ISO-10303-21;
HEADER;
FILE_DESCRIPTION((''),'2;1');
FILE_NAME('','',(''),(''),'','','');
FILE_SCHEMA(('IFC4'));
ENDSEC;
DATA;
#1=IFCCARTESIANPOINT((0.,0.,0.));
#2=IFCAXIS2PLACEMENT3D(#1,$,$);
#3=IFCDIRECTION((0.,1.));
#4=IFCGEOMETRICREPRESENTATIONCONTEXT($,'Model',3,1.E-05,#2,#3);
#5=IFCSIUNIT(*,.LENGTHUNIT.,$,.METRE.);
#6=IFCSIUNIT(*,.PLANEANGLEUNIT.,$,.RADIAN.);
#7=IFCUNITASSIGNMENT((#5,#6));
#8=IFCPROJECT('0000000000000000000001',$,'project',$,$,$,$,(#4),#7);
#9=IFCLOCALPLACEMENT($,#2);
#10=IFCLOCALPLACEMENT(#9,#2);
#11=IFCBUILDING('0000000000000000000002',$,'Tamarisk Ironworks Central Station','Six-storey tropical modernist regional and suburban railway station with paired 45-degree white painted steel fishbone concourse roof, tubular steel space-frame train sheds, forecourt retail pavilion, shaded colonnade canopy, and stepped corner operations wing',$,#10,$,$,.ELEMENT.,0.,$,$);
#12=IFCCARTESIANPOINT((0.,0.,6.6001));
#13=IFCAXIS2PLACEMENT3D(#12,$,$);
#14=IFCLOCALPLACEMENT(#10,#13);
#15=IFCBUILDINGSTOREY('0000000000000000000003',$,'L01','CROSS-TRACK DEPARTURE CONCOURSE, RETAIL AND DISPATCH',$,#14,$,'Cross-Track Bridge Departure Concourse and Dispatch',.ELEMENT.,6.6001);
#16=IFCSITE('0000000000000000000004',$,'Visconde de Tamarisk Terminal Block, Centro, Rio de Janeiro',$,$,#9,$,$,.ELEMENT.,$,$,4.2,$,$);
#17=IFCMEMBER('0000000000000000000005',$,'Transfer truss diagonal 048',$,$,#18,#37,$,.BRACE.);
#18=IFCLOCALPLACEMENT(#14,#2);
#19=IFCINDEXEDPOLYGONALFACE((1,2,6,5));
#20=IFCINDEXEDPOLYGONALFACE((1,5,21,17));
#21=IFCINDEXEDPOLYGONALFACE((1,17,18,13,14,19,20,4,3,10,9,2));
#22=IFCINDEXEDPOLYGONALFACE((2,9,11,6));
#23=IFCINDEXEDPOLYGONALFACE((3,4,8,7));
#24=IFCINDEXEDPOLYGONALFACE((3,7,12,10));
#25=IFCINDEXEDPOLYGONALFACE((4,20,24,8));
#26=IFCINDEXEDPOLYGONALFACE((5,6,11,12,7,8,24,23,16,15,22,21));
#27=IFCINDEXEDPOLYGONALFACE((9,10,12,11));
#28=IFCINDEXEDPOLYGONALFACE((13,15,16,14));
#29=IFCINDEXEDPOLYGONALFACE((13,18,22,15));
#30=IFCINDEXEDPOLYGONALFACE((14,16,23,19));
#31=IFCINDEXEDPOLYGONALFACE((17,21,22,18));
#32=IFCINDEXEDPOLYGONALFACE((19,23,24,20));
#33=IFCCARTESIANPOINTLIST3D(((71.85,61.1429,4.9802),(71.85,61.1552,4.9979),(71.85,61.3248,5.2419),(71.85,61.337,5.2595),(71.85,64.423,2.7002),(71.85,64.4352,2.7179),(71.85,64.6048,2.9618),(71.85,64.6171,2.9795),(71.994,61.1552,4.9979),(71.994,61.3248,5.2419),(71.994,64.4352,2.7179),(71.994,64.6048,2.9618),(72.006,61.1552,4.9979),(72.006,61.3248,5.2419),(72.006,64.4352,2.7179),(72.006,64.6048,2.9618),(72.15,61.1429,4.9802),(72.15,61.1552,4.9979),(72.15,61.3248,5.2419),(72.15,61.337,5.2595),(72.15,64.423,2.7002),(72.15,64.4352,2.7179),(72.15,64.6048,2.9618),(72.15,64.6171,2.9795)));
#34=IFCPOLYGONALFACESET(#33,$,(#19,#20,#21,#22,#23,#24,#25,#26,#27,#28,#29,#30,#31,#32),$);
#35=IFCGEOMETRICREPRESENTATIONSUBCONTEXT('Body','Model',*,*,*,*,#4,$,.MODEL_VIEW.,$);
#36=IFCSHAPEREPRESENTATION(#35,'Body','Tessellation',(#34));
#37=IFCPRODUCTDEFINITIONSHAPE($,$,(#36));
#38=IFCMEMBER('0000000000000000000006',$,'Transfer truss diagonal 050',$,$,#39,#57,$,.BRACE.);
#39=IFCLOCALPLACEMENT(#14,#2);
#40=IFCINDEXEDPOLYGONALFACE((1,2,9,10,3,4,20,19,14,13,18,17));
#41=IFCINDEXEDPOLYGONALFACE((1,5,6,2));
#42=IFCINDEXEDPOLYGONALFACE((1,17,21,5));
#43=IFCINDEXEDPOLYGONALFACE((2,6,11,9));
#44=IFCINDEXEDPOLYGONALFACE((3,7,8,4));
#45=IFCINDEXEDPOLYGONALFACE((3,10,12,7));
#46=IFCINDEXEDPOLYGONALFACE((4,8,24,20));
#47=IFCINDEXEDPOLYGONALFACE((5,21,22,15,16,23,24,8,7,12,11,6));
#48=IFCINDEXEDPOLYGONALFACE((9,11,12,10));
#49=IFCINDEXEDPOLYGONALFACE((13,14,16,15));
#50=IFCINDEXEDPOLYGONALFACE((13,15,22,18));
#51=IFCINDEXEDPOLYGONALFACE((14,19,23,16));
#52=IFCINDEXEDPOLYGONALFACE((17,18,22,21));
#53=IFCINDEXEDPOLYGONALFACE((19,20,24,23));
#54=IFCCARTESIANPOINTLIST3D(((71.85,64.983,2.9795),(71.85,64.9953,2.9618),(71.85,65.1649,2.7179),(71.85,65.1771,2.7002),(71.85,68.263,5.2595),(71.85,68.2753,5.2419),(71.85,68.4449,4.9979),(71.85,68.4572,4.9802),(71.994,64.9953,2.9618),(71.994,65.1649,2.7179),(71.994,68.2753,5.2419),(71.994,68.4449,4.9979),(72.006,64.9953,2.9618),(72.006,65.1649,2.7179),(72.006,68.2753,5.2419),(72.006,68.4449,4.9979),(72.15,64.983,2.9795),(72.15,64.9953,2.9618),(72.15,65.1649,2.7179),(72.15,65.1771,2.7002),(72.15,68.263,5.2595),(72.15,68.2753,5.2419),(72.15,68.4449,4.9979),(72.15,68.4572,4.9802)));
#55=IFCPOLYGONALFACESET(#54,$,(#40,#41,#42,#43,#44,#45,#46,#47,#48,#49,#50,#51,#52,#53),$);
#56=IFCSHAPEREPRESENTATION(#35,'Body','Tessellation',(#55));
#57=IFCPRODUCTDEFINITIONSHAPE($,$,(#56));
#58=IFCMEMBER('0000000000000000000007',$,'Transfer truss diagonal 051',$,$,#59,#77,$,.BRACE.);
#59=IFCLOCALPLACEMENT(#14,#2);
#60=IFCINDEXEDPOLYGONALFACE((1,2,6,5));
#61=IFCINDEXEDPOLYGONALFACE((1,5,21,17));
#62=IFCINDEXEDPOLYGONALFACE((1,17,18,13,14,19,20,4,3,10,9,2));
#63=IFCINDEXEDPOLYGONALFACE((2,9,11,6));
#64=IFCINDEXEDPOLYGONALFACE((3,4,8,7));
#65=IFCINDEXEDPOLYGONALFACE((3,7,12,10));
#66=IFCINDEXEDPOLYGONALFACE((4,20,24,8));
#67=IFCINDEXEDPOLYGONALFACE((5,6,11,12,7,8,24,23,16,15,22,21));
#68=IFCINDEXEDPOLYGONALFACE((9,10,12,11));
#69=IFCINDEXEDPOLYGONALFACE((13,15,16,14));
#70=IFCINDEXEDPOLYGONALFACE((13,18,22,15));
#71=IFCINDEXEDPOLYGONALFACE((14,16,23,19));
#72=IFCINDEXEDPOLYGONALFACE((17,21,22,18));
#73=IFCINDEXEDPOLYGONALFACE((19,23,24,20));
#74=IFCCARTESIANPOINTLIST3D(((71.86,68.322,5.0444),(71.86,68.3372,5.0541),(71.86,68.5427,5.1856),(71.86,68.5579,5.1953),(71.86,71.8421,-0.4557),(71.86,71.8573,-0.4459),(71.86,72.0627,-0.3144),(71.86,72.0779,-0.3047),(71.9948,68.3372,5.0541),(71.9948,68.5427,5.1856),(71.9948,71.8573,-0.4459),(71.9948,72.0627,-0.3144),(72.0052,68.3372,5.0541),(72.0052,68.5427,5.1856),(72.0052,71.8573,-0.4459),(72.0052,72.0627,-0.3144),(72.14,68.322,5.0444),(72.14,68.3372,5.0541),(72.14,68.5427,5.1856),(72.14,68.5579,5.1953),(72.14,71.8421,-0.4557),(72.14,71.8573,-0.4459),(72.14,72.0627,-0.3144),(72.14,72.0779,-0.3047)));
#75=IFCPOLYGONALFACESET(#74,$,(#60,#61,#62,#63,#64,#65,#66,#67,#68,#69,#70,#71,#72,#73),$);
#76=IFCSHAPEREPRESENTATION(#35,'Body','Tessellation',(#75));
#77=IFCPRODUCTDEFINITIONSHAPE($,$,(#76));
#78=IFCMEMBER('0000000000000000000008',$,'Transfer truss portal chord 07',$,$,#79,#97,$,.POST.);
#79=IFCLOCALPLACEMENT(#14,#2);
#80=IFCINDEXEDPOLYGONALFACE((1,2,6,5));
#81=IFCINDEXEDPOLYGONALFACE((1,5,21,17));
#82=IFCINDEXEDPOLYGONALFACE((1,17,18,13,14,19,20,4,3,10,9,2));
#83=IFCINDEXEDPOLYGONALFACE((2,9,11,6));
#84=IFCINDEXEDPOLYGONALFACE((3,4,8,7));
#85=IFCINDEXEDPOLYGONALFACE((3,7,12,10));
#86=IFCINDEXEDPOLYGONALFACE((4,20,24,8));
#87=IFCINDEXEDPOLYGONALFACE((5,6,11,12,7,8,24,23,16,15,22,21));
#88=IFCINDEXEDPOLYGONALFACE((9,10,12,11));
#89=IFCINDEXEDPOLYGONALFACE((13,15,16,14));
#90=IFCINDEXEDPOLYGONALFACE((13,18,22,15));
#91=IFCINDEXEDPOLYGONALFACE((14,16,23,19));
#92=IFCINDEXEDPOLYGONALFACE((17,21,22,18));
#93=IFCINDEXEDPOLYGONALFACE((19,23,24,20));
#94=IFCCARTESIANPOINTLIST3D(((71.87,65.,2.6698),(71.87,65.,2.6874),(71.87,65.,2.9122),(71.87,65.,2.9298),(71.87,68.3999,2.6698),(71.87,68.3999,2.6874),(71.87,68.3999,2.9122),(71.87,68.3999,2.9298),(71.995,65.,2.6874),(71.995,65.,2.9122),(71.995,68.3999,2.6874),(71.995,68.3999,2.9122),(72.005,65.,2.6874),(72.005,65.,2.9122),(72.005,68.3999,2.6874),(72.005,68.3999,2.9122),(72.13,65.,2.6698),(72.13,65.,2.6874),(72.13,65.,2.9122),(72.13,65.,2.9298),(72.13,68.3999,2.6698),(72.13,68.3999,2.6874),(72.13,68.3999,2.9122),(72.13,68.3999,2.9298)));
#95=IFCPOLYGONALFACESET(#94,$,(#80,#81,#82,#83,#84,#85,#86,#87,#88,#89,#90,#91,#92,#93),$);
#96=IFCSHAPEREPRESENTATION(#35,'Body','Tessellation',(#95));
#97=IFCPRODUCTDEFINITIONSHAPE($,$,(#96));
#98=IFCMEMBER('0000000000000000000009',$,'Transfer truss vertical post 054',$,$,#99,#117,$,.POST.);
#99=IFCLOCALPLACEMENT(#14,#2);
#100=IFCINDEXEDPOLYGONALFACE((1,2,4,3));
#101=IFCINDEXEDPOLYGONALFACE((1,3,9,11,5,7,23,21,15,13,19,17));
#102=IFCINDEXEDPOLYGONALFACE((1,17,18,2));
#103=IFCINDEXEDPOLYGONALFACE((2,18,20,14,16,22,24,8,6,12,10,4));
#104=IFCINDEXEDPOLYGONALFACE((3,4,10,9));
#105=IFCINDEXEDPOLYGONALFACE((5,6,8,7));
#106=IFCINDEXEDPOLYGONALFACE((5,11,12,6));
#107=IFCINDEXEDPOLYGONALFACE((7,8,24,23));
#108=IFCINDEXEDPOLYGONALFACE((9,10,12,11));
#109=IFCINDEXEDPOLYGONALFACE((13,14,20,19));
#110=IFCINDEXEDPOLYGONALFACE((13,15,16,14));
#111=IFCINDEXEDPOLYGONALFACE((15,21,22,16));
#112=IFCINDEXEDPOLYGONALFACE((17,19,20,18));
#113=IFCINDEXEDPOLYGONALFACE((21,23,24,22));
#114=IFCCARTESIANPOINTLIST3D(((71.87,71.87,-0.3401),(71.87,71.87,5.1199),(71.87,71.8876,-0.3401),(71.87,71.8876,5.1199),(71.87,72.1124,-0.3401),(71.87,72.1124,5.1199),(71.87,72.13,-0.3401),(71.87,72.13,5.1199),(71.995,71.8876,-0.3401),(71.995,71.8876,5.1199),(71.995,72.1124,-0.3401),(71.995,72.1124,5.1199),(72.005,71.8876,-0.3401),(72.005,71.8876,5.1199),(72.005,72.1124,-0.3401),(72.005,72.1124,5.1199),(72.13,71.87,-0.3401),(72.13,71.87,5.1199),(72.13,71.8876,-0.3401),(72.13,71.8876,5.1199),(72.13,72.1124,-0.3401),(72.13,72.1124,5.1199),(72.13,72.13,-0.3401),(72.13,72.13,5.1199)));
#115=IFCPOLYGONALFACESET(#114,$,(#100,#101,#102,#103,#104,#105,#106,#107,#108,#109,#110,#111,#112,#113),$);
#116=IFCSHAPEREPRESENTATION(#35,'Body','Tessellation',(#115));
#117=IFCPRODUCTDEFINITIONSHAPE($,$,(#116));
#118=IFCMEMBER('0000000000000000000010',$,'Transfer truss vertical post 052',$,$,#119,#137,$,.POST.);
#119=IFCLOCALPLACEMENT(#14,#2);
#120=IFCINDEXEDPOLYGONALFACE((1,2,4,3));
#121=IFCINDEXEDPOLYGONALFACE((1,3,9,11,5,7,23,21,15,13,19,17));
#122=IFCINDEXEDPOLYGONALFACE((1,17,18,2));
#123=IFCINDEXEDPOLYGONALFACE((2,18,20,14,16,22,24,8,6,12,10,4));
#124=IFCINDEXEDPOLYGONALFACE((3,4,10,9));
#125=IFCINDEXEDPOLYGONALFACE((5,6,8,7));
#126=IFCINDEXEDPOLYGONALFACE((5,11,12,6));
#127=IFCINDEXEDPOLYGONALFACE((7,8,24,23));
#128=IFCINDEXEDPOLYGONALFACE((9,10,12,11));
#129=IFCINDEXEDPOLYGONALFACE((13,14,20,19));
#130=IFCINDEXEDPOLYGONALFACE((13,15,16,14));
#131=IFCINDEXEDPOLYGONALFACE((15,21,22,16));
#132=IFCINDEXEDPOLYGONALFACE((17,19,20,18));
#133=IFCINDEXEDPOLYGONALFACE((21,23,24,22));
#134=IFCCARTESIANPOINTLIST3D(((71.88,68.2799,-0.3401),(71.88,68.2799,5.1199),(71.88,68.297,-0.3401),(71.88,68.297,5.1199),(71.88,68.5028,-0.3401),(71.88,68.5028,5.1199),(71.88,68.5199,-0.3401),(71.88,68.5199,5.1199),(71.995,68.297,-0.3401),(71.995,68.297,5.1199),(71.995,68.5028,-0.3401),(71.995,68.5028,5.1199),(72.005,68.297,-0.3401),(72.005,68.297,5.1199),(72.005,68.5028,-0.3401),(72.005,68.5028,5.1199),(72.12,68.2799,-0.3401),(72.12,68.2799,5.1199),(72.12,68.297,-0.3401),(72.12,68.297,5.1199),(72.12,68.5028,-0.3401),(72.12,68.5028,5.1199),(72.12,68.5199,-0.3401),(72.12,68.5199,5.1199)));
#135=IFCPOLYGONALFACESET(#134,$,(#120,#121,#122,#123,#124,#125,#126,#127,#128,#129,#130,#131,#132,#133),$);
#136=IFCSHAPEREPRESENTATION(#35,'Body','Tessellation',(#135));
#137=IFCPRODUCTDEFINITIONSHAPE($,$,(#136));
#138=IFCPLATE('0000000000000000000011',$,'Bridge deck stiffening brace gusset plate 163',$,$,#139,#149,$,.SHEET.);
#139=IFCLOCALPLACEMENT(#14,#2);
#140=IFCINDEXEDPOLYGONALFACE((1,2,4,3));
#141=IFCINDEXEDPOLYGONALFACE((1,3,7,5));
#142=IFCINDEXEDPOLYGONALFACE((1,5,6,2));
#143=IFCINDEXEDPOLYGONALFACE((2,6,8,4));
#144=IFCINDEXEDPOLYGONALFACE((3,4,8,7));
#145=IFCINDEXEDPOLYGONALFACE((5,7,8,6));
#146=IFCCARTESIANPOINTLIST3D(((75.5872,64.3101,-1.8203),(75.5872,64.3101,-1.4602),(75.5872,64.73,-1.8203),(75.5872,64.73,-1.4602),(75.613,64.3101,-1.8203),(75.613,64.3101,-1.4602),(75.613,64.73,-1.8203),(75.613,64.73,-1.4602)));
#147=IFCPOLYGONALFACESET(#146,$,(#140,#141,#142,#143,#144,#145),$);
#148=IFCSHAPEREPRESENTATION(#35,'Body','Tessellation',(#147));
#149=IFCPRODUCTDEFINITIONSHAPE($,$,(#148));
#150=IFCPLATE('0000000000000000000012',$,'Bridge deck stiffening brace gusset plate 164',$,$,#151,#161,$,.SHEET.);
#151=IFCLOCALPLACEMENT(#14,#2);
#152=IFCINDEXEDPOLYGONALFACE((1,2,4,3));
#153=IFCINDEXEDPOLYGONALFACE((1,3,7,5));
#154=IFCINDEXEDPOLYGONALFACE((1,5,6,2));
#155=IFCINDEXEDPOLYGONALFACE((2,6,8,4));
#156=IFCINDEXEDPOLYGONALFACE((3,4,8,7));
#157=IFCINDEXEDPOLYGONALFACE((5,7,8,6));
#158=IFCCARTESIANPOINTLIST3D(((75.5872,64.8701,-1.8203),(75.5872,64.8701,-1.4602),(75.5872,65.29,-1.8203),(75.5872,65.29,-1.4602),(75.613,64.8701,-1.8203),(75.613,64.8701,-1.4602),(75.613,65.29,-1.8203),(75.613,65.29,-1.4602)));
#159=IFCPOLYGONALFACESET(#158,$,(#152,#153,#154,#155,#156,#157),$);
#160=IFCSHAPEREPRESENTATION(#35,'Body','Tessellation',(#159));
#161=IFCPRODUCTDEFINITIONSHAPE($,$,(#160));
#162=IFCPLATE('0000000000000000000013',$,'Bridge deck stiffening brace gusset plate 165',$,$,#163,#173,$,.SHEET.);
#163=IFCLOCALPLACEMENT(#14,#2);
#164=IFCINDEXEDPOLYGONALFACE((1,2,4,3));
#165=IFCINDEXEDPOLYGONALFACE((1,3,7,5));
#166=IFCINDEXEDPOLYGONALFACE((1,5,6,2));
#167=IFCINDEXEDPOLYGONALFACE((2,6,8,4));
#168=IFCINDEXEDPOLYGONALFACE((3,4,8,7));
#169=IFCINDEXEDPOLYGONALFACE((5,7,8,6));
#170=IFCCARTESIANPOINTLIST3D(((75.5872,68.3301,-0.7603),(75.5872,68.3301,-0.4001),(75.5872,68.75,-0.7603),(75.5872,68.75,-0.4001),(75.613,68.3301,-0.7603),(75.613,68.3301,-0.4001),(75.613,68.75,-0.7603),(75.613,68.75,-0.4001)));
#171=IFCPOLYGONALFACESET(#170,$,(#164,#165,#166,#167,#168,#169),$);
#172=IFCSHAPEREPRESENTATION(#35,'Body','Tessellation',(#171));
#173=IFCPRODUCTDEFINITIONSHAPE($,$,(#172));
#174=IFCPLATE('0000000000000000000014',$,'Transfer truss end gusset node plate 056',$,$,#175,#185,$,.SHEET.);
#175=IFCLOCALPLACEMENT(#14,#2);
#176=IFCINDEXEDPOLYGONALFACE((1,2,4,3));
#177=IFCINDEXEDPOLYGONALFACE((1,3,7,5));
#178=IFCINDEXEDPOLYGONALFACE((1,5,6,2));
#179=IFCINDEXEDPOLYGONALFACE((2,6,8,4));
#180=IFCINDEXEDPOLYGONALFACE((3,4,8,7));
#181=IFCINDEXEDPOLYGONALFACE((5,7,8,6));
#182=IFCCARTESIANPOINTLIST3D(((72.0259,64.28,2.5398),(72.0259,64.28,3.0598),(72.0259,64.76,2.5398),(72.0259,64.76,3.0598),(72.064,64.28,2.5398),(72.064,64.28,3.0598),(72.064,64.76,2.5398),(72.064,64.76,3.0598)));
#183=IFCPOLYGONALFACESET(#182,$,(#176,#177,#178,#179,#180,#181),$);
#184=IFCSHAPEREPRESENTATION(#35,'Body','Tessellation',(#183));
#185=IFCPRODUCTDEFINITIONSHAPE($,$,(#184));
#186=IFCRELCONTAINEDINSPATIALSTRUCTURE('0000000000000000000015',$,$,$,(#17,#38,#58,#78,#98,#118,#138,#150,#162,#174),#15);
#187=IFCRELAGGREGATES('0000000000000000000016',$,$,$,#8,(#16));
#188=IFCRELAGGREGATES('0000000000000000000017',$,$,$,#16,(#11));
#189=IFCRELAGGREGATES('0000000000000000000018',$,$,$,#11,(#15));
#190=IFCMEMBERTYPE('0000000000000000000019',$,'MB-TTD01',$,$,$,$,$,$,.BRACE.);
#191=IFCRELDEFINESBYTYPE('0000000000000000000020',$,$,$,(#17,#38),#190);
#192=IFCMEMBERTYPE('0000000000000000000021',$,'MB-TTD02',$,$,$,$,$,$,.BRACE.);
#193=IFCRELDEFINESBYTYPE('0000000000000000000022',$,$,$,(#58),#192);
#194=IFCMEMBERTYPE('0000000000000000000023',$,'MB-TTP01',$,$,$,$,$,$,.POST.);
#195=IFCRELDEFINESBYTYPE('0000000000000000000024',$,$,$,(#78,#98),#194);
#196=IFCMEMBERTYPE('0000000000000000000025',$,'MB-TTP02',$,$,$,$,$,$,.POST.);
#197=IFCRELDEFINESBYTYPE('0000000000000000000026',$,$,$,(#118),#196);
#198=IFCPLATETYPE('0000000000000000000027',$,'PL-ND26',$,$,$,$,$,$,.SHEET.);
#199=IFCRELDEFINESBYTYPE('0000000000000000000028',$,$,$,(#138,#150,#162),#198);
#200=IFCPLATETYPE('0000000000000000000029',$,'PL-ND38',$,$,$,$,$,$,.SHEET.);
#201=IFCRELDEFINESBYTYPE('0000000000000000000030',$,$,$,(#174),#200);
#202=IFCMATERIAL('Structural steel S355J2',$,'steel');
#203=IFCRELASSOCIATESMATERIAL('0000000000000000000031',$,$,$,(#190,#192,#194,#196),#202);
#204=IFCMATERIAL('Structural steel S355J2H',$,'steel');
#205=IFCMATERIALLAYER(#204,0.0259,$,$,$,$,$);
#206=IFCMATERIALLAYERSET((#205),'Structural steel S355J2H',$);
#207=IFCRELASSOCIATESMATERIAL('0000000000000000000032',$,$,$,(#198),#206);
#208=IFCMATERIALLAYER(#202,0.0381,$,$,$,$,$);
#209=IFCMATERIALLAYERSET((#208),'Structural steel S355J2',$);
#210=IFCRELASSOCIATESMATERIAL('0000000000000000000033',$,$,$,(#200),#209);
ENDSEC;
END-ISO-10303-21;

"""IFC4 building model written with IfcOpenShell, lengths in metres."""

from ifc_helpers import new_model, si_unit, direction, frame, origin, origin_2d, place, context, subcontext, project, spatial, rectangle, i_section, extrude, material, layer, layer_set, material_profile, profile_set, type_object, element, save


model = new_model("IFC4")

# Units and contexts
model_context = context("Model", 3, precision=1e-05, world=origin(), true_north=direction((0.0, 1.0)))
body_context = subcontext(model_context, "Body", "Model", "MODEL_VIEW")
ifc_project = project(units=[si_unit("LENGTHUNIT", "METRE"), si_unit("PLANEANGLEUNIT", "RADIAN")], contexts=[model_context])

# Site, building, storey
site_placement = place(None, origin())
site = spatial("IfcSite", under=ifc_project, at=site_placement, Name="Visconde de Tamarisk Terminal Block, Centro, Rio de Janeiro", CompositionType="ELEMENT", RefElevation=4.2)
building_placement = place(site_placement, origin())
building = spatial("IfcBuilding", under=site, at=building_placement, Name="Tamarisk Ironworks Central Station", Description="Six-storey tropical modernist regional and suburban railway station with paired 45-degree white painted steel fishbone concourse roof, tubular steel space-frame train sheds, forecourt retail pavilion, shaded colonnade canopy, and stepped corner operations wing", CompositionType="ELEMENT", ElevationOfRefHeight=0.0)
storey_placement = place(building_placement, frame((0.0, 0.0, 6.6001)))
storey = spatial("IfcBuildingStorey", under=building, at=storey_placement, Name="L01", Description="CROSS-TRACK DEPARTURE CONCOURSE, RETAIL AND DISPATCH", LongName="Cross-Track Bridge Departure Concourse and Dispatch", CompositionType="ELEMENT", Elevation=6.6001)

# Shared definitions
ifc_material_1 = material(Name="Structural steel S355J2", Category="steel")

# Members
ifc_material_2 = material(Name="Structural steel S355J2H", Category="steel")
ifc_material_profile_1 = material_profile(ifc_material_1, i_section(OverallWidth=0.3, OverallDepth=0.3401, WebThickness=0.012, FlangeThickness=0.0215, at=origin_2d()), Name="HEB 340")
ifc_profile_set_1 = profile_set([ifc_material_profile_1], Name="Structural steel S355J2")
member_type_1 = type_object("IfcMemberType", Name="MB-TTD01", PredefinedType="BRACE", material=ifc_profile_set_1)
for number, where, z_axis, x_axis, name in (
    (1, (72.0, 61.24, 5.1199), (0.0, 0.821108, -0.570773), (-1.0, 0.0, 0.0), "Transfer truss diagonal 048"),
    (2, (72.0, 65.0801, 2.8398), (0.0, 0.821108, 0.570773), (-1.0, 0.0, 0.0), "Transfer truss diagonal 050"),
):
    element("IfcMember", number, at=place(storey_placement, frame(where, z_axis=z_axis, x_axis=x_axis)), inside=storey, type_object=member_type_1, Name=name, PredefinedType="BRACE", context=body_context, shape_type="SweptSolid", body=[
        extrude(i_section(OverallWidth=0.3, OverallDepth=0.3401, WebThickness=0.012, FlangeThickness=0.0215, at=origin_2d()), origin(), (0.0, 0.0, 1.0), 3.9946),
    ])
ifc_material_profile_2 = material_profile(ifc_material_1, i_section(OverallWidth=0.28, OverallDepth=0.28, WebThickness=0.0105, FlangeThickness=0.0181, at=origin_2d()), Name="HEB 280")
ifc_profile_set_2 = profile_set([ifc_material_profile_2], Name="Structural steel S355J2")
member_type_2 = type_object("IfcMemberType", Name="MB-TTD02", PredefinedType="BRACE", material=ifc_profile_set_2)
member_1_placement = place(storey_placement, frame((72.0, 68.4399, 5.1199), z_axis=(0.0, 0.539056, -0.84227), x_axis=(-1.0, 0.0, 0.0)))
element("IfcMember", 3, at=member_1_placement, inside=storey, type_object=member_type_2, Name="Transfer truss diagonal 051", PredefinedType="BRACE", context=body_context, shape_type="SweptSolid", body=[
    extrude(i_section(OverallWidth=0.28, OverallDepth=0.28, WebThickness=0.0105, FlangeThickness=0.0181, at=origin_2d()), origin(), (0.0, 0.0, 1.0), 6.53),
])
ifc_material_profile_3 = material_profile(ifc_material_1, i_section(OverallWidth=0.26, OverallDepth=0.26, WebThickness=0.01, FlangeThickness=0.0176, at=origin_2d()), Name="HEB 260")
ifc_profile_set_3 = profile_set([ifc_material_profile_3], Name="Structural steel S355J2")
member_type_3 = type_object("IfcMemberType", Name="MB-TTP01", PredefinedType="POST", material=ifc_profile_set_3)
member_2_placement = place(storey_placement, frame((72.0, 65.0, 2.7998), z_axis=(0.0, 1.0, 0.0), x_axis=(-1.0, 0.0, 0.0)))
element("IfcMember", 4, at=member_2_placement, inside=storey, type_object=member_type_3, Name="Transfer truss portal chord 07", PredefinedType="POST", context=body_context, shape_type="SweptSolid", body=[
    extrude(i_section(OverallWidth=0.26, OverallDepth=0.26, WebThickness=0.01, FlangeThickness=0.0176, at=origin_2d()), origin(), (0.0, 0.0, 1.0), 3.3999),
])
member_3_placement = place(storey_placement, frame((72.0, 72.0, -0.3401), z_axis=(0.0, 0.0, 1.0), x_axis=(1.0, 0.0, 0.0)))
element("IfcMember", 5, at=member_3_placement, inside=storey, type_object=member_type_3, Name="Transfer truss vertical post 054", PredefinedType="POST", context=body_context, shape_type="SweptSolid", body=[
    extrude(i_section(OverallWidth=0.26, OverallDepth=0.26, WebThickness=0.01, FlangeThickness=0.0176, at=origin_2d()), origin(), (0.0, 0.0, 1.0), 5.46),
])
ifc_material_profile_4 = material_profile(ifc_material_1, i_section(OverallWidth=0.24, OverallDepth=0.24, WebThickness=0.01, FlangeThickness=0.0171, at=origin_2d()), Name="HEB 240")
ifc_profile_set_4 = profile_set([ifc_material_profile_4], Name="Structural steel S355J2")
member_type_4 = type_object("IfcMemberType", Name="MB-TTP02", PredefinedType="POST", material=ifc_profile_set_4)
member_4_placement = place(storey_placement, frame((72.0, 68.3999, -0.3401), z_axis=(0.0, 0.0, 1.0), x_axis=(1.0, 0.0, 0.0)))
element("IfcMember", 6, at=member_4_placement, inside=storey, type_object=member_type_4, Name="Transfer truss vertical post 052", PredefinedType="POST", context=body_context, shape_type="SweptSolid", body=[
    extrude(i_section(OverallWidth=0.24, OverallDepth=0.24, WebThickness=0.01, FlangeThickness=0.0171, at=origin_2d()), origin(), (0.0, 0.0, 1.0), 5.46),
])

# Plates
ifc_layer_1 = layer(ifc_material_2, 0.0259)
ifc_layer_set_1 = layer_set([ifc_layer_1], Name="Structural steel S355J2H")
plate_type_1 = type_object("IfcPlateType", Name="PL-ND26", PredefinedType="SHEET", material=ifc_layer_set_1)
for number, where, z_axis, x_axis, name in (
    (7, (75.6001, 64.52, -1.8203), (0.0, 0.0, 1.0), (1.0, 0.0, 0.0), "Bridge deck stiffening brace gusset plate 163"),
    (8, (75.6001, 65.0801, -1.8203), (0.0, 0.0, 1.0), (1.0, 0.0, 0.0), "Bridge deck stiffening brace gusset plate 164"),
    (9, (75.6001, 68.54, -0.7603), (0.0, 0.0, 1.0), (1.0, 0.0, 0.0), "Bridge deck stiffening brace gusset plate 165"),
):
    element("IfcPlate", number, at=place(storey_placement, frame(where, z_axis=z_axis, x_axis=x_axis)), inside=storey, type_object=plate_type_1, Name=name, PredefinedType="SHEET", context=body_context, shape_type="SweptSolid", body=[
        extrude(rectangle(XDim=0.0259, YDim=0.4199, at=origin_2d()), origin(), (0.0, 0.0, 1.0), 0.3601),
    ])
ifc_layer_2 = layer(ifc_material_1, 0.0381)
ifc_layer_set_2 = layer_set([ifc_layer_2], Name="Structural steel S355J2")
plate_type_2 = type_object("IfcPlateType", Name="PL-ND38", PredefinedType="SHEET", material=ifc_layer_set_2)
plate_1_placement = place(storey_placement, frame((72.0449, 64.52, 2.5398), z_axis=(0.0, 0.0, 1.0), x_axis=(1.0, 0.0, 0.0)))
element("IfcPlate", 10, at=plate_1_placement, inside=storey, type_object=plate_type_2, Name="Transfer truss end gusset node plate 056", PredefinedType="SHEET", context=body_context, shape_type="SweptSolid", body=[
    extrude(rectangle(XDim=0.0381, YDim=0.48, at=origin_2d()), origin(), (0.0, 0.0, 1.0), 0.52),
])

save(model, "model.ifc")
